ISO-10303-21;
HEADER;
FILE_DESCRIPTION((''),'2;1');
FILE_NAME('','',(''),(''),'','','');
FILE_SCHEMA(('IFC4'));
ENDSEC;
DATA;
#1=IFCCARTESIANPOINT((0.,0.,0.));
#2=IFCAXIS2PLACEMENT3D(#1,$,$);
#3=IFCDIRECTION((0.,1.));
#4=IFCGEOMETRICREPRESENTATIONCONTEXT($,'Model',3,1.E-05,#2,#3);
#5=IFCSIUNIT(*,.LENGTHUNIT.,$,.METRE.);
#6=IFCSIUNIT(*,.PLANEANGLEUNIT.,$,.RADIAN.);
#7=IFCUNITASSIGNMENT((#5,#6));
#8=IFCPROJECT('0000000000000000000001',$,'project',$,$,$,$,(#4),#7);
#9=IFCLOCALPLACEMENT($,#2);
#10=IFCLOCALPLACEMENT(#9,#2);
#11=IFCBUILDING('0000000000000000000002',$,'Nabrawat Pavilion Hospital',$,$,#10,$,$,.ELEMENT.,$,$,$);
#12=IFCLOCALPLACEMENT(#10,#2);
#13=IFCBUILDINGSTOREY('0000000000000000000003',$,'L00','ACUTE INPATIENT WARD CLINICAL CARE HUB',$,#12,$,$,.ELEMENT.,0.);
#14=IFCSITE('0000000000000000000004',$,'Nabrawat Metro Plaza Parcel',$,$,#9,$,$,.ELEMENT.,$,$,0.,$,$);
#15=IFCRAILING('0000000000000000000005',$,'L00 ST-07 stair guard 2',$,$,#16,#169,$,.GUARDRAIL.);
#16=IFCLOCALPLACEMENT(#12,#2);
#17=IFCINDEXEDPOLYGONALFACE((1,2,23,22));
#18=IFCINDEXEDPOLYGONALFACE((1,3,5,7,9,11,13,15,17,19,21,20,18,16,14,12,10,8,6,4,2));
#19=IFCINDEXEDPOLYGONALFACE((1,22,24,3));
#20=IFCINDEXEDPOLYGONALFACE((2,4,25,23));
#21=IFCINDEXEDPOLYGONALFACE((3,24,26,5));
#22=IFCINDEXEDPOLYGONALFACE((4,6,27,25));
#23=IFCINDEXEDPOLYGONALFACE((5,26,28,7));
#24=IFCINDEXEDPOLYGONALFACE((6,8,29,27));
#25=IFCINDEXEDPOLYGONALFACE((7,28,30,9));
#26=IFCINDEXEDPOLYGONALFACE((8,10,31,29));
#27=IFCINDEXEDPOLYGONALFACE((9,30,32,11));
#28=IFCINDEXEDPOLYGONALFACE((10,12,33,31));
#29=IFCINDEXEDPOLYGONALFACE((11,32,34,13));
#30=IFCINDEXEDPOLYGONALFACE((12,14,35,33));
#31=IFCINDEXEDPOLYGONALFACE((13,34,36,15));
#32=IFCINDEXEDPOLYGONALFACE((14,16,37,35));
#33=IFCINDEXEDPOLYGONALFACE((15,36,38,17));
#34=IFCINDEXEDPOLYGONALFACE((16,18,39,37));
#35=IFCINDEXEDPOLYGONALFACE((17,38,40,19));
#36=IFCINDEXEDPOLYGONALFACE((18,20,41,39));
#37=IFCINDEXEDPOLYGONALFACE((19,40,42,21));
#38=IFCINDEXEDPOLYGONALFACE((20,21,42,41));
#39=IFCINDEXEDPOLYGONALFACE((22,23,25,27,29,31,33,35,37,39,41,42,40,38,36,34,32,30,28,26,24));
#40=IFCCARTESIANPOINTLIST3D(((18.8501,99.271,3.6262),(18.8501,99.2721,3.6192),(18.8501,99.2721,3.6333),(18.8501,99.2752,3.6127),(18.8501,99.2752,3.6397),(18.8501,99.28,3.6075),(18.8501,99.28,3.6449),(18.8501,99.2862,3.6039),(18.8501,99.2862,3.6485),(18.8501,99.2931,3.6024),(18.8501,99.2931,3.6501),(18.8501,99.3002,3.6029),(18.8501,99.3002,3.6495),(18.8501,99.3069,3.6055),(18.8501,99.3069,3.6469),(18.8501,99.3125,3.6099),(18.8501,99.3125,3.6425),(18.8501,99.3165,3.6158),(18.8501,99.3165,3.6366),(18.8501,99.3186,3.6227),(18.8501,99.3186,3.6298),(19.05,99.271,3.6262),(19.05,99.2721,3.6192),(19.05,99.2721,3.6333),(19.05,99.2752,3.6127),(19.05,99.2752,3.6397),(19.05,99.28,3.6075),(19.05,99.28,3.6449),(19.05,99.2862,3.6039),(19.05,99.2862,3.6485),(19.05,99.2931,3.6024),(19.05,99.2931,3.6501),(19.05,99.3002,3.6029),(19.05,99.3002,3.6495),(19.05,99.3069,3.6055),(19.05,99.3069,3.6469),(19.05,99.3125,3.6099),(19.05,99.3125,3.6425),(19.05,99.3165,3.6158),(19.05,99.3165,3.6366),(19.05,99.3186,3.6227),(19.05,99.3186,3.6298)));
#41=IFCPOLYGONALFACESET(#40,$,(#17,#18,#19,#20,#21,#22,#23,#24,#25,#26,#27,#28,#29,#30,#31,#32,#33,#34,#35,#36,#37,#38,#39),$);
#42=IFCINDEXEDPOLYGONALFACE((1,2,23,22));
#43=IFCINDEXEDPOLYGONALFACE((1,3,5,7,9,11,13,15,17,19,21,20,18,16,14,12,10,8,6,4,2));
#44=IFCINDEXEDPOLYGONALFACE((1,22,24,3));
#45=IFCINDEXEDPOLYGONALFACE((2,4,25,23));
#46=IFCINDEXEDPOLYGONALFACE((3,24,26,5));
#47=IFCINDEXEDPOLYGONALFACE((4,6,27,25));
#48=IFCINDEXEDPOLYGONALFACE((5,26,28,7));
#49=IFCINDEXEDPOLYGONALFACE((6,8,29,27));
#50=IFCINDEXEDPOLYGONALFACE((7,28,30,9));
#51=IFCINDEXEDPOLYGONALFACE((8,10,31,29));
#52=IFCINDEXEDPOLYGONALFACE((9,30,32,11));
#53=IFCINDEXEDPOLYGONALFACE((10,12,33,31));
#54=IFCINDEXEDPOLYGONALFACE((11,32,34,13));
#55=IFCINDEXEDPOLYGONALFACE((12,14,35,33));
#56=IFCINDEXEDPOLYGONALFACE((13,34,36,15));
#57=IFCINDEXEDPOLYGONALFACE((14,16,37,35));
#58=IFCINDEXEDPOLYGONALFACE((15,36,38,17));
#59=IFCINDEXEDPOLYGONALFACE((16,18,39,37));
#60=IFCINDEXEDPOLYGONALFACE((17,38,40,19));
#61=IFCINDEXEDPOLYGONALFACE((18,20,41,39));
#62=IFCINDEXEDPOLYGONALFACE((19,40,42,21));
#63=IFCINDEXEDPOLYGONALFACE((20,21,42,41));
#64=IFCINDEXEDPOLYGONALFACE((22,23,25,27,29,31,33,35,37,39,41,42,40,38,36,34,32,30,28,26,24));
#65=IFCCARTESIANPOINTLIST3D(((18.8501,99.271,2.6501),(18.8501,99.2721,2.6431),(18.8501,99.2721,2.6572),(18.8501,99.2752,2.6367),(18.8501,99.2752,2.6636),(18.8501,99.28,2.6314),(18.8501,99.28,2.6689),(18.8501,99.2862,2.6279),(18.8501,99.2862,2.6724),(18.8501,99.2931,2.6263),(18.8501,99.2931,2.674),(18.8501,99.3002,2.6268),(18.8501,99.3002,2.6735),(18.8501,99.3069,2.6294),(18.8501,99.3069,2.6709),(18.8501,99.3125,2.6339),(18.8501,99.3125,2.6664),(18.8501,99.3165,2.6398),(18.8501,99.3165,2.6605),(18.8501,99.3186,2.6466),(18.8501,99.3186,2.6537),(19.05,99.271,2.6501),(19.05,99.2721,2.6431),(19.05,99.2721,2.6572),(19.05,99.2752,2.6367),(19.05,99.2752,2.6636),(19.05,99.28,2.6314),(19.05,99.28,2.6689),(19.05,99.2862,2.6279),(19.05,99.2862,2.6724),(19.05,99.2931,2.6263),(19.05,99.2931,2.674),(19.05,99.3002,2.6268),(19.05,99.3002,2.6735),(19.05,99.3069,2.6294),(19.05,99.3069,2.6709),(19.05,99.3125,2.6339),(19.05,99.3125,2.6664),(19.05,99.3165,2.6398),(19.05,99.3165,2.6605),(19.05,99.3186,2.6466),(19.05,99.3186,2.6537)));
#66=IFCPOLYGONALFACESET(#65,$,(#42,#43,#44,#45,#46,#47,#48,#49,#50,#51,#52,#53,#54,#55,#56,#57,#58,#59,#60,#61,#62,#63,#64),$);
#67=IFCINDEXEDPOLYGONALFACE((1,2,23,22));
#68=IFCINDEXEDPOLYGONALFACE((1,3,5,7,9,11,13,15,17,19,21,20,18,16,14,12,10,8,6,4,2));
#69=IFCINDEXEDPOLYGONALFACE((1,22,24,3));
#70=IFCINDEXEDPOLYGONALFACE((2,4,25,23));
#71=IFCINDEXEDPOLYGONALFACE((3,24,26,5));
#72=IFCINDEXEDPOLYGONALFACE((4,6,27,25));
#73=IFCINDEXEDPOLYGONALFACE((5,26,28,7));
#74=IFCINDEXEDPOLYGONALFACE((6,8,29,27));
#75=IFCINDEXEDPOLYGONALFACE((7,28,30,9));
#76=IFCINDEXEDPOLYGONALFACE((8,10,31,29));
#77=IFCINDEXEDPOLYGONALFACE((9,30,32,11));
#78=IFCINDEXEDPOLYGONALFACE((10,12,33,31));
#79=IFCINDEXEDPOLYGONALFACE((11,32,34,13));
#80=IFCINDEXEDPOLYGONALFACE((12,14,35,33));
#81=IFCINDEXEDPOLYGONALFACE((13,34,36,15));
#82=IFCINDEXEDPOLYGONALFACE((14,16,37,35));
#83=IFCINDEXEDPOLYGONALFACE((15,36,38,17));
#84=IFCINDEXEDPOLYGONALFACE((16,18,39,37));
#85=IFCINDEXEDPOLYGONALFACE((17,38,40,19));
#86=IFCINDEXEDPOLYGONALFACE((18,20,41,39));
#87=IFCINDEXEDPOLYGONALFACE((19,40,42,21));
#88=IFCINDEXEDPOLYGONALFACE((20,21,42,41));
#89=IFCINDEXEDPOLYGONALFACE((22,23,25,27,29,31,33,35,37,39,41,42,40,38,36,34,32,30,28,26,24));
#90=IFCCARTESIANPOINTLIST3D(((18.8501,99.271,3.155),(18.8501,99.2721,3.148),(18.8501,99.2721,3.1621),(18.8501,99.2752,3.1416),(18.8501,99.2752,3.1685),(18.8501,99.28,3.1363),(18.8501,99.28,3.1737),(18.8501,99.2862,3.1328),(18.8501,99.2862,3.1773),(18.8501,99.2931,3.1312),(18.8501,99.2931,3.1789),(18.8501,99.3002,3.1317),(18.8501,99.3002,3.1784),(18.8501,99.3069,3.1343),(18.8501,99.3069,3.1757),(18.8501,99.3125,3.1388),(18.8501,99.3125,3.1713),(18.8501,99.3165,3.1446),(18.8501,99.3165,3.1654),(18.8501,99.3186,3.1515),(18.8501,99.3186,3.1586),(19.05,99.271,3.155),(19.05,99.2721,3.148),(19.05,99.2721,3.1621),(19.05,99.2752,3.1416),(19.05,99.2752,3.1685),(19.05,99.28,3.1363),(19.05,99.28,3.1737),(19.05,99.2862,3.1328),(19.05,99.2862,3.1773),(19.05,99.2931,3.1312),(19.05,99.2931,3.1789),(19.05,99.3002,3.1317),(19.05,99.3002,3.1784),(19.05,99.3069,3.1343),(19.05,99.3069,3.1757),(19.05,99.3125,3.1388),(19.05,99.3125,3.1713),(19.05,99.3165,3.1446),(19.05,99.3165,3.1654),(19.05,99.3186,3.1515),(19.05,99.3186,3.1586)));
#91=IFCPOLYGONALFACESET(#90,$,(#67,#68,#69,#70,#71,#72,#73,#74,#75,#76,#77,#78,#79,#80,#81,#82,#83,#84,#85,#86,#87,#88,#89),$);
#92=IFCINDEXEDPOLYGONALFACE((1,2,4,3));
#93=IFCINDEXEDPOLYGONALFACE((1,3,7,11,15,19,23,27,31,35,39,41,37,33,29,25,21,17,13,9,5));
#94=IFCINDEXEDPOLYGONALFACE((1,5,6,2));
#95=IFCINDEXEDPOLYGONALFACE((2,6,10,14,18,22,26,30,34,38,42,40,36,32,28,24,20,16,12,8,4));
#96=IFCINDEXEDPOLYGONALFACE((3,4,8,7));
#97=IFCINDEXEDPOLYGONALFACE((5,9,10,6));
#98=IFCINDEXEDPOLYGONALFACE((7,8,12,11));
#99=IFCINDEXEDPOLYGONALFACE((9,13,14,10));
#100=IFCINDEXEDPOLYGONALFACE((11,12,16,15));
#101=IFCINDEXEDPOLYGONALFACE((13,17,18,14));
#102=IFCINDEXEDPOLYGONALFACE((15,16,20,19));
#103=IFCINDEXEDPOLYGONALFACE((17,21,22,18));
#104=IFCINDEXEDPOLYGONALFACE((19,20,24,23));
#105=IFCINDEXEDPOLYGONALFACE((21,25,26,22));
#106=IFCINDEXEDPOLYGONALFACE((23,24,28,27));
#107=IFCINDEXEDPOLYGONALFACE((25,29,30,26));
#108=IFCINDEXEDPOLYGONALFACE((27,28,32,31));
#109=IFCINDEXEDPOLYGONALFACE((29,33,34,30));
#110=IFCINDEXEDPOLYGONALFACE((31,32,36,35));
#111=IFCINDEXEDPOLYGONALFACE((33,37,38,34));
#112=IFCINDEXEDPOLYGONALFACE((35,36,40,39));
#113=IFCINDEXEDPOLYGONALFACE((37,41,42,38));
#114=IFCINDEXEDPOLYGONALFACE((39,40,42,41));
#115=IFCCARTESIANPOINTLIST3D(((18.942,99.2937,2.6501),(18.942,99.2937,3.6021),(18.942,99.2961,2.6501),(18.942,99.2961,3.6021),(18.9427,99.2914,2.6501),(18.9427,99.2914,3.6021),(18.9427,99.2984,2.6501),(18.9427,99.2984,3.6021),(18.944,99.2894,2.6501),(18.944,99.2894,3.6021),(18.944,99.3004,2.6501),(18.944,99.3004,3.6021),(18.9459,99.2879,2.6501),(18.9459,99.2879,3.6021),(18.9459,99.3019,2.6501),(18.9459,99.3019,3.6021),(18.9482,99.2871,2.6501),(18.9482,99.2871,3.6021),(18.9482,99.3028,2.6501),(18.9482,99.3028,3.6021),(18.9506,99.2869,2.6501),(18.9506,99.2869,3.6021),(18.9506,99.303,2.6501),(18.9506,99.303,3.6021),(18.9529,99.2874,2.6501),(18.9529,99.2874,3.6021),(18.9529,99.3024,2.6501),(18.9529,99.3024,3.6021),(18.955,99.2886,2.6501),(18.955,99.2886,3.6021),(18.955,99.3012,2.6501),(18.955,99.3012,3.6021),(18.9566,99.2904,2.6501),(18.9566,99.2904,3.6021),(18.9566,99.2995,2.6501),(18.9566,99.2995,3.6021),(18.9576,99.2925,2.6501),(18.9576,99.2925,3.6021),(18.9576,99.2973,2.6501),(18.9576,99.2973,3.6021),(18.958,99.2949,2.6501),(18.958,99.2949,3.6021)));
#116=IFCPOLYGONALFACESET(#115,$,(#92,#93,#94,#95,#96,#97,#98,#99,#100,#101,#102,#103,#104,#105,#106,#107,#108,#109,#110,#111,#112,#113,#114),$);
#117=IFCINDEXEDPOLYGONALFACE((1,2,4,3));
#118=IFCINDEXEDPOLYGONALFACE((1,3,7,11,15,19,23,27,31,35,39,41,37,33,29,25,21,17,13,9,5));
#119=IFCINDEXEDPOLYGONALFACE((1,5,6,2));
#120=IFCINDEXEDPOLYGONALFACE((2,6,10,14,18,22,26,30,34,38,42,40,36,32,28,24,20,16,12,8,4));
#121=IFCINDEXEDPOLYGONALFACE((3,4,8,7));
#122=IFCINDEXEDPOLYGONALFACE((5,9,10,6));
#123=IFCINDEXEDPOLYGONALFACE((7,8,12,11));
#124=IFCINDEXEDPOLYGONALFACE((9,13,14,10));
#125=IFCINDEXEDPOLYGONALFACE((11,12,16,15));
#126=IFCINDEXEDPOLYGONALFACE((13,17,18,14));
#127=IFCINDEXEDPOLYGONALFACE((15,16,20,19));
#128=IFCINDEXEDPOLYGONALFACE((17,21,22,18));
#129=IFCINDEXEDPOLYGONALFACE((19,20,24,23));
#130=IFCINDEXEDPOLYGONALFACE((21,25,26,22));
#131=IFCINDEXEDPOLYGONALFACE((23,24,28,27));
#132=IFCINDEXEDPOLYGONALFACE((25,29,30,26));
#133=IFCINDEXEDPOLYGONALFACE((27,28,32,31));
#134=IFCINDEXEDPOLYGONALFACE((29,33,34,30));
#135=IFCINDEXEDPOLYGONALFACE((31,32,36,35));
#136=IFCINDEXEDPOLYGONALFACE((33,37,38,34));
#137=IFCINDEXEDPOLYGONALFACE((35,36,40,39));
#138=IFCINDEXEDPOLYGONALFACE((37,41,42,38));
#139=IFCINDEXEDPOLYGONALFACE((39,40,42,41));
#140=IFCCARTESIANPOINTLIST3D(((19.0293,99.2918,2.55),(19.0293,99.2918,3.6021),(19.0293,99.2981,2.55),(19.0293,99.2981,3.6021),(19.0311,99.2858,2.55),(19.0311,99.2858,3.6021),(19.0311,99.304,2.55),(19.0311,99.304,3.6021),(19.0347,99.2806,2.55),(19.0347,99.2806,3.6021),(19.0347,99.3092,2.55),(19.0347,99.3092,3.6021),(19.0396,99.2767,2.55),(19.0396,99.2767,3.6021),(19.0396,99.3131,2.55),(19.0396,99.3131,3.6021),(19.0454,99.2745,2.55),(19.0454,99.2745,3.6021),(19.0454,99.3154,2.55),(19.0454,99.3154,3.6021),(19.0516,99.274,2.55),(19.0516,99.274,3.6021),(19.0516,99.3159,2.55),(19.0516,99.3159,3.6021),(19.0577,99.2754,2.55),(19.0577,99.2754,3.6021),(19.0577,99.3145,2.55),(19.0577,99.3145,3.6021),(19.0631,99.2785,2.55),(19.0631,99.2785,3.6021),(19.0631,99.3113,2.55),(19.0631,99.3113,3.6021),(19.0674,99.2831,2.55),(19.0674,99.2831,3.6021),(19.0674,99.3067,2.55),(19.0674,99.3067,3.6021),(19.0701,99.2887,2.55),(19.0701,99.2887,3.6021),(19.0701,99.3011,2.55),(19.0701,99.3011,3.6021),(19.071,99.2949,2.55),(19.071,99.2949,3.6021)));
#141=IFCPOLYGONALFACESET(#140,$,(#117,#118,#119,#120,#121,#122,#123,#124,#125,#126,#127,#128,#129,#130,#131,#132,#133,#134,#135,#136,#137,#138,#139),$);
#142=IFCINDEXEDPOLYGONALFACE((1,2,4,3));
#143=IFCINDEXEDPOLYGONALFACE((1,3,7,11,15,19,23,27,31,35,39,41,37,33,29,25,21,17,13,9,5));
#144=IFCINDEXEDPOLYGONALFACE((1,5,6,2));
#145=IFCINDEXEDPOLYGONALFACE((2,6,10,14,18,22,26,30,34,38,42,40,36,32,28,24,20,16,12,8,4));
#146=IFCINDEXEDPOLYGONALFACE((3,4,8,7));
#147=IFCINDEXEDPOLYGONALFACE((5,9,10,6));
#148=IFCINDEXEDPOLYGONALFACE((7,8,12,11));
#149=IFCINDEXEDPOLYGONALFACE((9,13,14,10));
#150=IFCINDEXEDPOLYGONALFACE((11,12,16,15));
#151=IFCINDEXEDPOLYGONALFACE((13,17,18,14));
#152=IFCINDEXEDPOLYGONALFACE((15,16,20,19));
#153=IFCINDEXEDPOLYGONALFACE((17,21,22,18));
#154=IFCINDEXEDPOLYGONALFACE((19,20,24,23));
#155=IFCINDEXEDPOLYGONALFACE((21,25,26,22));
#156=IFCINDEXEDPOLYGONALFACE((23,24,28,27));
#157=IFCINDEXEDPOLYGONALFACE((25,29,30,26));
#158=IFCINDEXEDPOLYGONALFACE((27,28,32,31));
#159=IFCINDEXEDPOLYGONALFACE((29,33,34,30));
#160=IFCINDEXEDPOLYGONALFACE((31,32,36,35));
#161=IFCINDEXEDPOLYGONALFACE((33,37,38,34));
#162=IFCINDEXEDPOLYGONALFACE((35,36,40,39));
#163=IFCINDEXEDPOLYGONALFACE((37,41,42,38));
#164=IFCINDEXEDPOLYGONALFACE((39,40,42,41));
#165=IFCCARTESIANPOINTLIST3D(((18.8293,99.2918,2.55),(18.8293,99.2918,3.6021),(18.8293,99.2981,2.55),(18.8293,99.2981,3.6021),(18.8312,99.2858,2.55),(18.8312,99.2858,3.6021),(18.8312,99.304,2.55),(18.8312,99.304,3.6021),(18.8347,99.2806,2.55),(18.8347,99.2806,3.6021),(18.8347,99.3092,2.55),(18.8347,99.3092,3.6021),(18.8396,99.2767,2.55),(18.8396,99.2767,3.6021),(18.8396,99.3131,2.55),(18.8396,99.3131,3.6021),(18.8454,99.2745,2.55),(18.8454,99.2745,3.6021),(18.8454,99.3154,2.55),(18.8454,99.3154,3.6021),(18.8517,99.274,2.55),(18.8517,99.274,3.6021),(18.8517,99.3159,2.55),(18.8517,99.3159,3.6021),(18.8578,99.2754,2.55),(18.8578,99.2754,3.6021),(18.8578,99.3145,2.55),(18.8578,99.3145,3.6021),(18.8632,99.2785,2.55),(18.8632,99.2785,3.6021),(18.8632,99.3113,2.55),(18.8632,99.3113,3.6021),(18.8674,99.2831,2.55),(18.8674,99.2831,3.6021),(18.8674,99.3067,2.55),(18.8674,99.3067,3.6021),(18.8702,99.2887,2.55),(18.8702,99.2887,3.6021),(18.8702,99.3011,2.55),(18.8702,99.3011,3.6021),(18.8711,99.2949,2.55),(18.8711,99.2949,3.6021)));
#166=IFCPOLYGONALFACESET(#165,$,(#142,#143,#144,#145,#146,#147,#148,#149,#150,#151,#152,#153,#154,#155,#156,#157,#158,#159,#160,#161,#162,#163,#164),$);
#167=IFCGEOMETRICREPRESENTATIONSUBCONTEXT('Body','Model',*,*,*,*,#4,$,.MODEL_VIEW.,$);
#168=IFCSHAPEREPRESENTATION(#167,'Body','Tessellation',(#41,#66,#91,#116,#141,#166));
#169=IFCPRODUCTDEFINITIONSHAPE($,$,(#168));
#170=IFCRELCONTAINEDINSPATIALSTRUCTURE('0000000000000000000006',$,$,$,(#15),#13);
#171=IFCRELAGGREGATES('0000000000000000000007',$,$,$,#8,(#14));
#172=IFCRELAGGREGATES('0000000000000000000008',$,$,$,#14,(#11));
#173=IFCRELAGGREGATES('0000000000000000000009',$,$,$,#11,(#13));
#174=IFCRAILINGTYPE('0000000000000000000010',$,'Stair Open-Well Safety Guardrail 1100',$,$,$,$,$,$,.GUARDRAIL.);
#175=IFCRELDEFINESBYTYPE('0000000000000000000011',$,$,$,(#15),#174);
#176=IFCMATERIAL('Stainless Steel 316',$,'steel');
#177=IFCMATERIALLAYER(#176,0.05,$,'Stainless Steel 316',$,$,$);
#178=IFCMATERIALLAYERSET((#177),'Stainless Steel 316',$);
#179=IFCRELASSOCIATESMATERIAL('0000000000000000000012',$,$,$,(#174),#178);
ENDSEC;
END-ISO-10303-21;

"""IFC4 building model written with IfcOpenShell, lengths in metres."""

from ifc_helpers import new_model, si_unit, direction, frame, origin, origin_2d, place, context, subcontext, project, spatial, circle, extrude, material, layer, layer_set, type_object, element, save


model = new_model("IFC4")

# Units and contexts
model_context = context("Model", 3, precision=1e-05, world=origin(), true_north=direction((0.0, 1.0)))
body_context = subcontext(model_context, "Body", "Model", "MODEL_VIEW")
ifc_project = project(units=[si_unit("LENGTHUNIT", "METRE"), si_unit("PLANEANGLEUNIT", "RADIAN")], contexts=[model_context])

# Site, building, storey
site_placement = place(None, origin())
site = spatial("IfcSite", under=ifc_project, at=site_placement, Name="Nabrawat Metro Plaza Parcel", CompositionType="ELEMENT", RefElevation=0.0)
building_placement = place(site_placement, origin())
building = spatial("IfcBuilding", under=site, at=building_placement, Name="Nabrawat Pavilion Hospital", CompositionType="ELEMENT")
storey_placement = place(building_placement, origin())
storey = spatial("IfcBuildingStorey", under=building, at=storey_placement, Name="L00", Description="ACUTE INPATIENT WARD CLINICAL CARE HUB", CompositionType="ELEMENT", Elevation=0.0)

# Railing
ifc_material_1 = material(Name="Stainless Steel 316", Category="steel")
ifc_layer_1 = layer(ifc_material_1, 0.05, Name="Stainless Steel 316")
ifc_layer_set_1 = layer_set([ifc_layer_1], Name="Stainless Steel 316")
railing_type_1 = type_object("IfcRailingType", Name="Stair Open-Well Safety Guardrail 1100", PredefinedType="GUARDRAIL", material=ifc_layer_set_1)
railing_1_placement = place(storey_placement, frame((19.05, 99.2949, 2.55)))
element("IfcRailing", 1, at=railing_1_placement, inside=storey, type_object=railing_type_1, Name="L00 ST-07 stair guard 2", PredefinedType="GUARDRAIL", context=body_context, shape_type="SweptSolid", body=[
    extrude(circle(Radius=0.0239, at=origin_2d()), frame((0.0, 0.0, 1.0762), z_axis=(-1.0, 0.0, 0.0), x_axis=(0.0, -1.0, 0.0)), (0.0, 0.0, 1.0), 0.2),
    extrude(circle(Radius=0.0239, at=origin_2d()), frame((0.0, 0.0, 0.1001), z_axis=(-1.0, 0.0, 0.0), x_axis=(0.0, -1.0, 0.0)), (0.0, 0.0, 1.0), 0.2),
    extrude(circle(Radius=0.0239, at=origin_2d()), frame((0.0, 0.0, 0.605), z_axis=(-1.0, 0.0, 0.0), x_axis=(0.0, -1.0, 0.0)), (0.0, 0.0, 1.0), 0.2),
    extrude(circle(Radius=0.0081, at=origin_2d()), frame((-0.1001, 0.0, 0.1001)), (0.0, 0.0, 1.0), 0.9519),
    extrude(circle(Radius=0.021, at=origin_2d()), origin(), (0.0, 0.0, 1.0), 1.052),
    extrude(circle(Radius=0.021, at=origin_2d()), frame((-0.2, 0.0, 0.0)), (0.0, 0.0, 1.0), 1.052),
])

save(model, "model.ifc")
